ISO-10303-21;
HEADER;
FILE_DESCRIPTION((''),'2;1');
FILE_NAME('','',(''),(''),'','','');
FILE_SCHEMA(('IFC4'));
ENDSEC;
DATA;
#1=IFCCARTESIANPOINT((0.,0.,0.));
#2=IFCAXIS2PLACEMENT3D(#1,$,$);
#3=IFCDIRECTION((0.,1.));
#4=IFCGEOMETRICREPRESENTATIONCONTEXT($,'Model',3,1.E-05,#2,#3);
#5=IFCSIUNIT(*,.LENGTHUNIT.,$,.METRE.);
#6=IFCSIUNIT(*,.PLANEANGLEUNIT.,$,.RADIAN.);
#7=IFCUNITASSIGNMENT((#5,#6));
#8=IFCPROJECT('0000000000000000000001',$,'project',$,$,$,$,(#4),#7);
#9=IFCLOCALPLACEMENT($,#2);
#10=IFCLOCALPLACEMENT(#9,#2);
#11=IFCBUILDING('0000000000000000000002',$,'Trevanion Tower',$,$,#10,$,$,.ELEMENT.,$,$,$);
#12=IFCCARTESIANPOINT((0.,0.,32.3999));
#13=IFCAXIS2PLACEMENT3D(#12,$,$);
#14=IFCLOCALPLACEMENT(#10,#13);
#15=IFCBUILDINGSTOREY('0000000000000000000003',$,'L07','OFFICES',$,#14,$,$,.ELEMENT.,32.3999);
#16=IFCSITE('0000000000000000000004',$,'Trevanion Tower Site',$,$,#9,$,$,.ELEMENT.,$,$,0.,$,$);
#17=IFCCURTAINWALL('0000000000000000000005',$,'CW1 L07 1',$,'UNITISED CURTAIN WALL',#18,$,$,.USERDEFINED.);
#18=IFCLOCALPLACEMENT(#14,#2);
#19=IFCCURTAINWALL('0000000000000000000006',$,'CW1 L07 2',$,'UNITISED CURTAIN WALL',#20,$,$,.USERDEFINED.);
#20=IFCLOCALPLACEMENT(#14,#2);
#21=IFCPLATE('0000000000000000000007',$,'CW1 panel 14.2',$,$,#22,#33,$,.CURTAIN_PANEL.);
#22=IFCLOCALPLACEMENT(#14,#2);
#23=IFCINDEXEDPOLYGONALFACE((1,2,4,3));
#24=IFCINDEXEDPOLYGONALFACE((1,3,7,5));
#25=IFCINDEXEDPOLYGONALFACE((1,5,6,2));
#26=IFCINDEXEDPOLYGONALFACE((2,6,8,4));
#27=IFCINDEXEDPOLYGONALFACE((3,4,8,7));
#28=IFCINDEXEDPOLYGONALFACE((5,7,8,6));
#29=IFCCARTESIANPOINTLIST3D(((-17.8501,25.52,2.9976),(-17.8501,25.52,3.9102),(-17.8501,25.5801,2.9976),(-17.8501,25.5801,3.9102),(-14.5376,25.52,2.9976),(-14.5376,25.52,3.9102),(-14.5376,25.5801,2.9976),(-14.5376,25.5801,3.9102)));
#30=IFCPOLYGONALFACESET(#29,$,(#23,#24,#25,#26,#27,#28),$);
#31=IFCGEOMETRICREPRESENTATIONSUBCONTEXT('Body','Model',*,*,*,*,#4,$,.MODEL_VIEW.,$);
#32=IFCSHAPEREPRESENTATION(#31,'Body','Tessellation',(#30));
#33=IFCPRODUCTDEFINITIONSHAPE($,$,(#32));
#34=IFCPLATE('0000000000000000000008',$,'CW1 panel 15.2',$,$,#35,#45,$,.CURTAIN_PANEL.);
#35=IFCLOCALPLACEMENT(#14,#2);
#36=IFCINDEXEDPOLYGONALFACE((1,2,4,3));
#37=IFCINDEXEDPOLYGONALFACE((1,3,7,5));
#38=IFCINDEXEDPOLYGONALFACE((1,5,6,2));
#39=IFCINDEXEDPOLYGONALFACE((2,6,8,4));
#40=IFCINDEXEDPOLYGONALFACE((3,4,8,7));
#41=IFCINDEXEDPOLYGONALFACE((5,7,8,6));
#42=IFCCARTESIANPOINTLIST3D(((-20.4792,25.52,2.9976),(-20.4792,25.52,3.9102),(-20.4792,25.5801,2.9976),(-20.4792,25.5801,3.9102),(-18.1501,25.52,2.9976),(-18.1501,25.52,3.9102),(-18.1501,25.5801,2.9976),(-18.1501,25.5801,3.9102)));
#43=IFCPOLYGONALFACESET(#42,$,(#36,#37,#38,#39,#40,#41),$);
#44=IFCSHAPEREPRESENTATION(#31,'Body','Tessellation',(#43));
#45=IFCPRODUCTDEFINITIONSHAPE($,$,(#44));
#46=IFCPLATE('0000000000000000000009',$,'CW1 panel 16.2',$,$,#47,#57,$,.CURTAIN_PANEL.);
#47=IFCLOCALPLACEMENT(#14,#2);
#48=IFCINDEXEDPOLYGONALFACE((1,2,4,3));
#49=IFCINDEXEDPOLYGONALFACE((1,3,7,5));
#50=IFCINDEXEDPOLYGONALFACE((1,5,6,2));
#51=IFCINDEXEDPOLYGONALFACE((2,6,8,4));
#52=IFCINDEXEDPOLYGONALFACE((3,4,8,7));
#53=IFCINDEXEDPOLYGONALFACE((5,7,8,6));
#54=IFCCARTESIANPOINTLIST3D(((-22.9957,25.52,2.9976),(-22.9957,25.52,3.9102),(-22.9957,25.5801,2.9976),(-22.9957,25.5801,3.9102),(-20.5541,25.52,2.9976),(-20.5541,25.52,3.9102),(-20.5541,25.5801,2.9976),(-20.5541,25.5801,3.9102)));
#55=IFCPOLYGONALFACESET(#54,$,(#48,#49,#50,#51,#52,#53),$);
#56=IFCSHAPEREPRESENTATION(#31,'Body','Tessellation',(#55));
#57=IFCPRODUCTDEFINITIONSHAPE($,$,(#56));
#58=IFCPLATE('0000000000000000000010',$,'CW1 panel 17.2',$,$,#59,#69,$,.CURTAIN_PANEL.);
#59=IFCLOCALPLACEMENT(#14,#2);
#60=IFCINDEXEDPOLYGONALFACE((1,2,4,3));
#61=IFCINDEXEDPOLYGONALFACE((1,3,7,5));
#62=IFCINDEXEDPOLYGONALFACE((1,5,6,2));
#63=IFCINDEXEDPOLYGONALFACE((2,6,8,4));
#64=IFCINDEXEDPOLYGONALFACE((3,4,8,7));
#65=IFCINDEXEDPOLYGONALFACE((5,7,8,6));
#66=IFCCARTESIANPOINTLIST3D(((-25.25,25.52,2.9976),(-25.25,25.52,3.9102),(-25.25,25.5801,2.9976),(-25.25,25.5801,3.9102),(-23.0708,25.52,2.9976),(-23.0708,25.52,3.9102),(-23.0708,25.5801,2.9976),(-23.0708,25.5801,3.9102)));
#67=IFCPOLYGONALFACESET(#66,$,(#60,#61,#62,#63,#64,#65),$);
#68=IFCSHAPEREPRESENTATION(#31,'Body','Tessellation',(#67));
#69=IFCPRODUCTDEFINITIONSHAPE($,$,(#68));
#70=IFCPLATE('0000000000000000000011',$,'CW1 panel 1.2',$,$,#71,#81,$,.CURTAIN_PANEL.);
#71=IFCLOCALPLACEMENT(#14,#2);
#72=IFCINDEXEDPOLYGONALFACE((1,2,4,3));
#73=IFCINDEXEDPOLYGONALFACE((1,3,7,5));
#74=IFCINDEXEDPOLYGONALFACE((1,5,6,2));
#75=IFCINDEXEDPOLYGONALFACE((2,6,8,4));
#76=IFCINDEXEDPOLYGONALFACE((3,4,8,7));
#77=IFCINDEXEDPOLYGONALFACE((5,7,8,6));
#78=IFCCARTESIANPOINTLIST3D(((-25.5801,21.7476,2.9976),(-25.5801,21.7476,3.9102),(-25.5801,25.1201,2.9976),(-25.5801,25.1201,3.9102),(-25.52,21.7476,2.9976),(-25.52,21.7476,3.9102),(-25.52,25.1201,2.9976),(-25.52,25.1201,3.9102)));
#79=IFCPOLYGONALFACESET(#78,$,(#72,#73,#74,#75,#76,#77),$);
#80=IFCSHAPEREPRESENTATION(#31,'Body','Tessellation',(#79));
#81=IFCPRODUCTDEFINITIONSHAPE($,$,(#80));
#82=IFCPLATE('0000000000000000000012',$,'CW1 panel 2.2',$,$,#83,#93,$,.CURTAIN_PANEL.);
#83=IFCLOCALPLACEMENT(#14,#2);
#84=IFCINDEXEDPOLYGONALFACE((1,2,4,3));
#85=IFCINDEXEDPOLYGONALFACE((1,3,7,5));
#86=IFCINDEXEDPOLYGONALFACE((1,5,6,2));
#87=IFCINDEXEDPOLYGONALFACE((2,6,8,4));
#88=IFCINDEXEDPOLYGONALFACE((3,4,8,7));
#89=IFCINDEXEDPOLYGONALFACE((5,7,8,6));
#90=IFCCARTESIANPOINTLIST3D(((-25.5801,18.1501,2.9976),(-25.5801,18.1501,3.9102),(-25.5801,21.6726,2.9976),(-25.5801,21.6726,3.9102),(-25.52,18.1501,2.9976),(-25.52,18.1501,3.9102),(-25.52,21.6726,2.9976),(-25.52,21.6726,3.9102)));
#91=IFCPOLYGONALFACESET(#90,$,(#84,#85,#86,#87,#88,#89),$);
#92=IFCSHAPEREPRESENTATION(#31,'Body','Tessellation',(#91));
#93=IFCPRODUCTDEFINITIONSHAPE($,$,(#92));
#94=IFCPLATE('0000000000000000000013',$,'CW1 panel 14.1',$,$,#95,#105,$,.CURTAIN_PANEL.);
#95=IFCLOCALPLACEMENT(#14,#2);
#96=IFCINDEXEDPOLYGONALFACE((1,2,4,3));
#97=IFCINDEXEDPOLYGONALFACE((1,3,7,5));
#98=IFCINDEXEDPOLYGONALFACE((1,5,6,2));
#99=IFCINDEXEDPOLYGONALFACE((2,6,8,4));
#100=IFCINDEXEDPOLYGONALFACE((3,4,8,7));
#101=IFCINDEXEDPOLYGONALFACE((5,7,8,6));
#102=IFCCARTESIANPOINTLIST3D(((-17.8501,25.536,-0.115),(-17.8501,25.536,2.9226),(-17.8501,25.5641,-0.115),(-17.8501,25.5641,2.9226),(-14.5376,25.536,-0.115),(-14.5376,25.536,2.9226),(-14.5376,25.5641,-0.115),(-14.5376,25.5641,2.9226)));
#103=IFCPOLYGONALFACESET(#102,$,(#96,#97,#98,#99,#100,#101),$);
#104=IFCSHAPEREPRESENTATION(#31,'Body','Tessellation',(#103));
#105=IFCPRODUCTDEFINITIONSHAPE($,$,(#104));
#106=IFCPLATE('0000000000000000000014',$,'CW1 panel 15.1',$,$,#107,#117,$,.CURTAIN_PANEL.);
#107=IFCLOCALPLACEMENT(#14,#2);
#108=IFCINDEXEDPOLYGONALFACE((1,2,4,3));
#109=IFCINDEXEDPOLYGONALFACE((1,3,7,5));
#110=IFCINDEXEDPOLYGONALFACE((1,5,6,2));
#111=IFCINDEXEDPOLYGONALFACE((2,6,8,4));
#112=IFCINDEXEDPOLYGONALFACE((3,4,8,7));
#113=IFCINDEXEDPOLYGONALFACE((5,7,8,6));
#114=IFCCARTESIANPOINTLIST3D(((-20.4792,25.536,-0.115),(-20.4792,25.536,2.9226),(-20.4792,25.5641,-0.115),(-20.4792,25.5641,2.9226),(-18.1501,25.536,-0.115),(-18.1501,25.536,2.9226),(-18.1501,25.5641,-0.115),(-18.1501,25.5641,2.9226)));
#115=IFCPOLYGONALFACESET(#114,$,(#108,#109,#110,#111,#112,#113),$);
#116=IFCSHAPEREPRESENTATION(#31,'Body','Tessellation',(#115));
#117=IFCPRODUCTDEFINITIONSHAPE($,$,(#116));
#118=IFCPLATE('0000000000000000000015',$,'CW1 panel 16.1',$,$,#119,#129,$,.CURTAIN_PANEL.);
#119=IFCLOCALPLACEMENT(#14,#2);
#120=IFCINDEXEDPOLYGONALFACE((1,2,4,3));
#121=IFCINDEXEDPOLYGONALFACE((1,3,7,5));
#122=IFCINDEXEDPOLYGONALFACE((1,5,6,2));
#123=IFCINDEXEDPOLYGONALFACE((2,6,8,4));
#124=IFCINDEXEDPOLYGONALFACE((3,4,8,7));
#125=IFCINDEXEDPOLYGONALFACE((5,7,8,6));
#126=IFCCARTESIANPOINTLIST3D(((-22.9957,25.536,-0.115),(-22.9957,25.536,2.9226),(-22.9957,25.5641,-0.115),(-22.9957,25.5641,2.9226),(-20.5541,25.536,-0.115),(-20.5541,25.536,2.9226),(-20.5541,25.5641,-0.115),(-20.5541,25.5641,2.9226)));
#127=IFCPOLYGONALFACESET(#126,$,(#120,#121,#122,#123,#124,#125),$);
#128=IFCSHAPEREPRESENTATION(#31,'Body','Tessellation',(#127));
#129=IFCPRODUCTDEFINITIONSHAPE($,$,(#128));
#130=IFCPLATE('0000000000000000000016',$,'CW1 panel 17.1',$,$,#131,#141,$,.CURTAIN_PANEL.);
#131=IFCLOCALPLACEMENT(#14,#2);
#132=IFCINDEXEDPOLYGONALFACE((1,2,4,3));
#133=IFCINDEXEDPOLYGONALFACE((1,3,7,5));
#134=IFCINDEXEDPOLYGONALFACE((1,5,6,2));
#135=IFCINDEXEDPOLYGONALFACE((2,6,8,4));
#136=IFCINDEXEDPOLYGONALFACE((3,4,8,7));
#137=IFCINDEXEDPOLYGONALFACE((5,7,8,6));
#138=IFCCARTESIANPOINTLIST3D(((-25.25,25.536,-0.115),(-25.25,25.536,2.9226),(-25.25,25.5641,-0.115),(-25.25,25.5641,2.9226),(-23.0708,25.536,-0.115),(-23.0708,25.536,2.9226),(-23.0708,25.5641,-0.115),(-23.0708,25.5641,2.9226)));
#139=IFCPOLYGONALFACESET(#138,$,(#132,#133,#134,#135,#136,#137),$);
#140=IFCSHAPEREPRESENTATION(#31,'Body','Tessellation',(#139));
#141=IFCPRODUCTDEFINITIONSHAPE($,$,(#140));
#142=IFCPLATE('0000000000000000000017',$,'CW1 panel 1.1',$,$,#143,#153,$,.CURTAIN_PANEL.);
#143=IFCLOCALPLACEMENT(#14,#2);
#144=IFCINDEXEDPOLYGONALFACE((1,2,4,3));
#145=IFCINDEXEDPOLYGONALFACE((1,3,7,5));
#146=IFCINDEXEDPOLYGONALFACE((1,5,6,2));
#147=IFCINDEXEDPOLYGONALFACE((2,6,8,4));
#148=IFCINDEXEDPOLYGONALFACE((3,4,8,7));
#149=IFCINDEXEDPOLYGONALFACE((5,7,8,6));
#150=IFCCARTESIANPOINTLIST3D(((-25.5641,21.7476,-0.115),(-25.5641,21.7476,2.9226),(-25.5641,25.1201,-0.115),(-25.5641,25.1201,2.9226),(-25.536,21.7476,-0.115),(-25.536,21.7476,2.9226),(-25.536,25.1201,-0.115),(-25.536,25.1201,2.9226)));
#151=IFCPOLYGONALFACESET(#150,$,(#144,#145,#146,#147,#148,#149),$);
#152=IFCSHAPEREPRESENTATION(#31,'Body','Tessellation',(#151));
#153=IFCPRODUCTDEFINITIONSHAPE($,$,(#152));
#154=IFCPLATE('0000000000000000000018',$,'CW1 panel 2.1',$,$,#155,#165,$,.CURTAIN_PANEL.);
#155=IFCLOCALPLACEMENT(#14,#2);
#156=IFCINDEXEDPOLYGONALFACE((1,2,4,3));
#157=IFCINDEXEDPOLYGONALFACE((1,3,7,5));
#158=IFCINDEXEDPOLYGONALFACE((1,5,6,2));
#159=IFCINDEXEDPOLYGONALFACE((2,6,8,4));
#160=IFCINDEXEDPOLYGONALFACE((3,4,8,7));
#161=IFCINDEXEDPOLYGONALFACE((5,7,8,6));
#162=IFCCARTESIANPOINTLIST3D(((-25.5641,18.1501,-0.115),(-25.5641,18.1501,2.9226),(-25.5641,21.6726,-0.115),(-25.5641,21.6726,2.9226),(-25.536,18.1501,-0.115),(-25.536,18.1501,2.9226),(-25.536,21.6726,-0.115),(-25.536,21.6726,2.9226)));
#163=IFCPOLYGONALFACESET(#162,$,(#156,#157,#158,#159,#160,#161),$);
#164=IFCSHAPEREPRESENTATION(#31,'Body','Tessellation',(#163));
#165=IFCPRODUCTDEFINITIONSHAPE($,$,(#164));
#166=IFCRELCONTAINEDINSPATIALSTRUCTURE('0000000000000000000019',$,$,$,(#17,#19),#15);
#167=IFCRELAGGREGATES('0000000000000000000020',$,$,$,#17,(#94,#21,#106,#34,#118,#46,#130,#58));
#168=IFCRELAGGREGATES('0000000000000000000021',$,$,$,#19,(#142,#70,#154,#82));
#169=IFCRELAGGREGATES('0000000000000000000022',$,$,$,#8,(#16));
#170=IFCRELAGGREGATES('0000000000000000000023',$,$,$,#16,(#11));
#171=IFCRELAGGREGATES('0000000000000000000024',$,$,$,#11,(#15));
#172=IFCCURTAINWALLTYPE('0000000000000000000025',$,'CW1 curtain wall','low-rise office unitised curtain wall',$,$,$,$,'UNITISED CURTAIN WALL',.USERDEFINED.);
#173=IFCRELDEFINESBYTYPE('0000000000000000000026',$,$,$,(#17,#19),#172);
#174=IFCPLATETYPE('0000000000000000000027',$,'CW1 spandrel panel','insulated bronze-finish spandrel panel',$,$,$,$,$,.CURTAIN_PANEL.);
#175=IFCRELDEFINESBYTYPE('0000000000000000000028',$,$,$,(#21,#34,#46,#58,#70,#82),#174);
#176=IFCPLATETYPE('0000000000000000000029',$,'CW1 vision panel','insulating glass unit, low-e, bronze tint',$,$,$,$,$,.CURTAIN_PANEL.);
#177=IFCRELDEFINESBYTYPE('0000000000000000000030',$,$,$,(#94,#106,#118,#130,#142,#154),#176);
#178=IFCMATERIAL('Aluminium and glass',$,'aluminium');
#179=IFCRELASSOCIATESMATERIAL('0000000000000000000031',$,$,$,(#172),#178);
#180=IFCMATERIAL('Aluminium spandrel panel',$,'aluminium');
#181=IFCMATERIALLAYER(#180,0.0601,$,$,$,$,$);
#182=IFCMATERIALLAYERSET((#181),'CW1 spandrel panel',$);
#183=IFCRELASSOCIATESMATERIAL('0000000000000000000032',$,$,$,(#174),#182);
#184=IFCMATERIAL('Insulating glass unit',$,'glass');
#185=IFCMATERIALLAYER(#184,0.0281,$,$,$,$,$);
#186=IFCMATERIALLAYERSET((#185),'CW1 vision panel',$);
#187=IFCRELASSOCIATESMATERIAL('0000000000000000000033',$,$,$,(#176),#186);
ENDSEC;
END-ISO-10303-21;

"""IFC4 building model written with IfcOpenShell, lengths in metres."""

from ifc_helpers import new_model, si_unit, direction, frame, origin, origin_2d, place, context, subcontext, project, spatial, rectangle, extrude, material, layer, layer_set, type_object, element, aggregate, save


model = new_model("IFC4")

# Units and contexts
model_context = context("Model", 3, precision=1e-05, world=origin(), true_north=direction((0.0, 1.0)))
body_context = subcontext(model_context, "Body", "Model", "MODEL_VIEW")
ifc_project = project(units=[si_unit("LENGTHUNIT", "METRE"), si_unit("PLANEANGLEUNIT", "RADIAN")], contexts=[model_context])

# Site, building, storey
site_placement = place(None, origin())
site = spatial("IfcSite", under=ifc_project, at=site_placement, Name="Trevanion Tower Site", CompositionType="ELEMENT", RefElevation=0.0)
building_placement = place(site_placement, origin())
building = spatial("IfcBuilding", under=site, at=building_placement, Name="Trevanion Tower", CompositionType="ELEMENT")
storey_placement = place(building_placement, frame((0.0, 0.0, 32.3999)))
storey = spatial("IfcBuildingStorey", under=building, at=storey_placement, Name="L07", Description="OFFICES", CompositionType="ELEMENT", Elevation=32.3999)

# Curtain wall
ifc_material_1 = material(Name="Aluminium and glass", Category="aluminium")
curtain_wall_type = type_object("IfcCurtainWallType", Name="CW1 curtain wall", Description="low-rise office unitised curtain wall", ElementType="UNITISED CURTAIN WALL", PredefinedType="USERDEFINED", material=ifc_material_1)
curtain_wall_1_placement = place(storey_placement, origin())
curtain_wall_1 = element("IfcCurtainWall", 1, at=curtain_wall_1_placement, inside=storey, type_object=curtain_wall_type, Name="CW1 L07 1", ObjectType="UNITISED CURTAIN WALL", PredefinedType="USERDEFINED")

# Curtain wall
curtain_wall_2_placement = place(storey_placement, origin())
curtain_wall_2 = element("IfcCurtainWall", 2, at=curtain_wall_2_placement, inside=storey, type_object=curtain_wall_type, Name="CW1 L07 2", ObjectType="UNITISED CURTAIN WALL", PredefinedType="USERDEFINED")

# Plates
ifc_material_2 = material(Name="Aluminium spandrel panel", Category="aluminium")
ifc_layer_1 = layer(ifc_material_2, 0.0601)
ifc_layer_set_1 = layer_set([ifc_layer_1], Name="CW1 spandrel panel")
plate_type_1 = type_object("IfcPlateType", Name="CW1 spandrel panel", Description="insulated bronze-finish spandrel panel", PredefinedType="CURTAIN_PANEL", material=ifc_layer_set_1)
plate_1_placement = place(storey_placement, frame((-16.1938, 25.55, 2.9976), z_axis=(0.0, 0.0, 1.0), x_axis=(-1.0, 0.0, 0.0)))
plate_1 = element("IfcPlate", 3, at=plate_1_placement, type_object=plate_type_1, Name="CW1 panel 14.2", PredefinedType="CURTAIN_PANEL", context=body_context, shape_type="SweptSolid", body=[
    extrude(rectangle(XDim=3.3125, YDim=0.0601, at=origin_2d()), origin(), (0.0, 0.0, 1.0), 0.9126),
])
plate_2_placement = place(storey_placement, frame((-19.3147, 25.55, 2.9976), z_axis=(0.0, 0.0, 1.0), x_axis=(-1.0, 0.0, 0.0)))
plate_2 = element("IfcPlate", 4, at=plate_2_placement, type_object=plate_type_1, Name="CW1 panel 15.2", PredefinedType="CURTAIN_PANEL", context=body_context, shape_type="SweptSolid", body=[
    extrude(rectangle(XDim=2.3291, YDim=0.0601, at=origin_2d()), origin(), (0.0, 0.0, 1.0), 0.9126),
])
plate_3_placement = place(storey_placement, frame((-21.7749, 25.55, 2.9976), z_axis=(0.0, 0.0, 1.0), x_axis=(-1.0, 0.0, 0.0)))
plate_3 = element("IfcPlate", 5, at=plate_3_placement, type_object=plate_type_1, Name="CW1 panel 16.2", PredefinedType="CURTAIN_PANEL", context=body_context, shape_type="SweptSolid", body=[
    extrude(rectangle(XDim=2.4417, YDim=0.0601, at=origin_2d()), origin(), (0.0, 0.0, 1.0), 0.9126),
])
plate_4_placement = place(storey_placement, frame((-24.1604, 25.55, 2.9976), z_axis=(0.0, 0.0, 1.0), x_axis=(-1.0, 0.0, 0.0)))
plate_4 = element("IfcPlate", 6, at=plate_4_placement, type_object=plate_type_1, Name="CW1 panel 17.2", PredefinedType="CURTAIN_PANEL", context=body_context, shape_type="SweptSolid", body=[
    extrude(rectangle(XDim=2.1792, YDim=0.0601, at=origin_2d()), origin(), (0.0, 0.0, 1.0), 0.9126),
])
plate_5_placement = place(storey_placement, frame((-25.55, 23.4338, 2.9976), z_axis=(0.0, 0.0, 1.0), x_axis=(0.0, -1.0, 0.0)))
plate_5 = element("IfcPlate", 7, at=plate_5_placement, type_object=plate_type_1, Name="CW1 panel 1.2", PredefinedType="CURTAIN_PANEL", context=body_context, shape_type="SweptSolid", body=[
    extrude(rectangle(XDim=3.3726, YDim=0.0601, at=origin_2d()), origin(), (0.0, 0.0, 1.0), 0.9126),
])
plate_6_placement = place(storey_placement, frame((-25.55, 19.9114, 2.9976), z_axis=(0.0, 0.0, 1.0), x_axis=(0.0, -1.0, 0.0)))
plate_6 = element("IfcPlate", 8, at=plate_6_placement, type_object=plate_type_1, Name="CW1 panel 2.2", PredefinedType="CURTAIN_PANEL", context=body_context, shape_type="SweptSolid", body=[
    extrude(rectangle(XDim=3.5225, YDim=0.0601, at=origin_2d()), origin(), (0.0, 0.0, 1.0), 0.9126),
])
ifc_material_3 = material(Name="Insulating glass unit", Category="glass")
ifc_layer_2 = layer(ifc_material_3, 0.0281)
ifc_layer_set_2 = layer_set([ifc_layer_2], Name="CW1 vision panel")
plate_type_2 = type_object("IfcPlateType", Name="CW1 vision panel", Description="insulating glass unit, low-e, bronze tint", PredefinedType="CURTAIN_PANEL", material=ifc_layer_set_2)
plate_7_placement = place(storey_placement, frame((-16.1938, 25.55, -0.115), z_axis=(0.0, 0.0, 1.0), x_axis=(-1.0, 0.0, 0.0)))
plate_7 = element("IfcPlate", 9, at=plate_7_placement, type_object=plate_type_2, Name="CW1 panel 14.1", PredefinedType="CURTAIN_PANEL", context=body_context, shape_type="SweptSolid", body=[
    extrude(rectangle(XDim=3.3125, YDim=0.0281, at=origin_2d()), origin(), (0.0, 0.0, 1.0), 3.0376),
])
plate_8_placement = place(storey_placement, frame((-19.3147, 25.55, -0.115), z_axis=(0.0, 0.0, 1.0), x_axis=(-1.0, 0.0, 0.0)))
plate_8 = element("IfcPlate", 10, at=plate_8_placement, type_object=plate_type_2, Name="CW1 panel 15.1", PredefinedType="CURTAIN_PANEL", context=body_context, shape_type="SweptSolid", body=[
    extrude(rectangle(XDim=2.3291, YDim=0.0281, at=origin_2d()), origin(), (0.0, 0.0, 1.0), 3.0376),
])
plate_9_placement = place(storey_placement, frame((-21.7749, 25.55, -0.115), z_axis=(0.0, 0.0, 1.0), x_axis=(-1.0, 0.0, 0.0)))
plate_9 = element("IfcPlate", 11, at=plate_9_placement, type_object=plate_type_2, Name="CW1 panel 16.1", PredefinedType="CURTAIN_PANEL", context=body_context, shape_type="SweptSolid", body=[
    extrude(rectangle(XDim=2.4417, YDim=0.0281, at=origin_2d()), origin(), (0.0, 0.0, 1.0), 3.0376),
])
plate_10_placement = place(storey_placement, frame((-24.1604, 25.55, -0.115), z_axis=(0.0, 0.0, 1.0), x_axis=(-1.0, 0.0, 0.0)))
plate_10 = element("IfcPlate", 12, at=plate_10_placement, type_object=plate_type_2, Name="CW1 panel 17.1", PredefinedType="CURTAIN_PANEL", context=body_context, shape_type="SweptSolid", body=[
    extrude(rectangle(XDim=2.1792, YDim=0.0281, at=origin_2d()), origin(), (0.0, 0.0, 1.0), 3.0376),
])
aggregate(curtain_wall_1, [plate_7, plate_1, plate_8, plate_2, plate_9, plate_3, plate_10, plate_4])
plate_11_placement = place(storey_placement, frame((-25.55, 23.4338, -0.115), z_axis=(0.0, 0.0, 1.0), x_axis=(0.0, -1.0, 0.0)))
plate_11 = element("IfcPlate", 13, at=plate_11_placement, type_object=plate_type_2, Name="CW1 panel 1.1", PredefinedType="CURTAIN_PANEL", context=body_context, shape_type="SweptSolid", body=[
    extrude(rectangle(XDim=3.3726, YDim=0.0281, at=origin_2d()), origin(), (0.0, 0.0, 1.0), 3.0376),
])
plate_12_placement = place(storey_placement, frame((-25.55, 19.9114, -0.115), z_axis=(0.0, 0.0, 1.0), x_axis=(0.0, -1.0, 0.0)))
plate_12 = element("IfcPlate", 14, at=plate_12_placement, type_object=plate_type_2, Name="CW1 panel 2.1", PredefinedType="CURTAIN_PANEL", context=body_context, shape_type="SweptSolid", body=[
    extrude(rectangle(XDim=3.5225, YDim=0.0281, at=origin_2d()), origin(), (0.0, 0.0, 1.0), 3.0376),
])
aggregate(curtain_wall_2, [plate_11, plate_5, plate_12, plate_6])

save(model, "model.ifc")
